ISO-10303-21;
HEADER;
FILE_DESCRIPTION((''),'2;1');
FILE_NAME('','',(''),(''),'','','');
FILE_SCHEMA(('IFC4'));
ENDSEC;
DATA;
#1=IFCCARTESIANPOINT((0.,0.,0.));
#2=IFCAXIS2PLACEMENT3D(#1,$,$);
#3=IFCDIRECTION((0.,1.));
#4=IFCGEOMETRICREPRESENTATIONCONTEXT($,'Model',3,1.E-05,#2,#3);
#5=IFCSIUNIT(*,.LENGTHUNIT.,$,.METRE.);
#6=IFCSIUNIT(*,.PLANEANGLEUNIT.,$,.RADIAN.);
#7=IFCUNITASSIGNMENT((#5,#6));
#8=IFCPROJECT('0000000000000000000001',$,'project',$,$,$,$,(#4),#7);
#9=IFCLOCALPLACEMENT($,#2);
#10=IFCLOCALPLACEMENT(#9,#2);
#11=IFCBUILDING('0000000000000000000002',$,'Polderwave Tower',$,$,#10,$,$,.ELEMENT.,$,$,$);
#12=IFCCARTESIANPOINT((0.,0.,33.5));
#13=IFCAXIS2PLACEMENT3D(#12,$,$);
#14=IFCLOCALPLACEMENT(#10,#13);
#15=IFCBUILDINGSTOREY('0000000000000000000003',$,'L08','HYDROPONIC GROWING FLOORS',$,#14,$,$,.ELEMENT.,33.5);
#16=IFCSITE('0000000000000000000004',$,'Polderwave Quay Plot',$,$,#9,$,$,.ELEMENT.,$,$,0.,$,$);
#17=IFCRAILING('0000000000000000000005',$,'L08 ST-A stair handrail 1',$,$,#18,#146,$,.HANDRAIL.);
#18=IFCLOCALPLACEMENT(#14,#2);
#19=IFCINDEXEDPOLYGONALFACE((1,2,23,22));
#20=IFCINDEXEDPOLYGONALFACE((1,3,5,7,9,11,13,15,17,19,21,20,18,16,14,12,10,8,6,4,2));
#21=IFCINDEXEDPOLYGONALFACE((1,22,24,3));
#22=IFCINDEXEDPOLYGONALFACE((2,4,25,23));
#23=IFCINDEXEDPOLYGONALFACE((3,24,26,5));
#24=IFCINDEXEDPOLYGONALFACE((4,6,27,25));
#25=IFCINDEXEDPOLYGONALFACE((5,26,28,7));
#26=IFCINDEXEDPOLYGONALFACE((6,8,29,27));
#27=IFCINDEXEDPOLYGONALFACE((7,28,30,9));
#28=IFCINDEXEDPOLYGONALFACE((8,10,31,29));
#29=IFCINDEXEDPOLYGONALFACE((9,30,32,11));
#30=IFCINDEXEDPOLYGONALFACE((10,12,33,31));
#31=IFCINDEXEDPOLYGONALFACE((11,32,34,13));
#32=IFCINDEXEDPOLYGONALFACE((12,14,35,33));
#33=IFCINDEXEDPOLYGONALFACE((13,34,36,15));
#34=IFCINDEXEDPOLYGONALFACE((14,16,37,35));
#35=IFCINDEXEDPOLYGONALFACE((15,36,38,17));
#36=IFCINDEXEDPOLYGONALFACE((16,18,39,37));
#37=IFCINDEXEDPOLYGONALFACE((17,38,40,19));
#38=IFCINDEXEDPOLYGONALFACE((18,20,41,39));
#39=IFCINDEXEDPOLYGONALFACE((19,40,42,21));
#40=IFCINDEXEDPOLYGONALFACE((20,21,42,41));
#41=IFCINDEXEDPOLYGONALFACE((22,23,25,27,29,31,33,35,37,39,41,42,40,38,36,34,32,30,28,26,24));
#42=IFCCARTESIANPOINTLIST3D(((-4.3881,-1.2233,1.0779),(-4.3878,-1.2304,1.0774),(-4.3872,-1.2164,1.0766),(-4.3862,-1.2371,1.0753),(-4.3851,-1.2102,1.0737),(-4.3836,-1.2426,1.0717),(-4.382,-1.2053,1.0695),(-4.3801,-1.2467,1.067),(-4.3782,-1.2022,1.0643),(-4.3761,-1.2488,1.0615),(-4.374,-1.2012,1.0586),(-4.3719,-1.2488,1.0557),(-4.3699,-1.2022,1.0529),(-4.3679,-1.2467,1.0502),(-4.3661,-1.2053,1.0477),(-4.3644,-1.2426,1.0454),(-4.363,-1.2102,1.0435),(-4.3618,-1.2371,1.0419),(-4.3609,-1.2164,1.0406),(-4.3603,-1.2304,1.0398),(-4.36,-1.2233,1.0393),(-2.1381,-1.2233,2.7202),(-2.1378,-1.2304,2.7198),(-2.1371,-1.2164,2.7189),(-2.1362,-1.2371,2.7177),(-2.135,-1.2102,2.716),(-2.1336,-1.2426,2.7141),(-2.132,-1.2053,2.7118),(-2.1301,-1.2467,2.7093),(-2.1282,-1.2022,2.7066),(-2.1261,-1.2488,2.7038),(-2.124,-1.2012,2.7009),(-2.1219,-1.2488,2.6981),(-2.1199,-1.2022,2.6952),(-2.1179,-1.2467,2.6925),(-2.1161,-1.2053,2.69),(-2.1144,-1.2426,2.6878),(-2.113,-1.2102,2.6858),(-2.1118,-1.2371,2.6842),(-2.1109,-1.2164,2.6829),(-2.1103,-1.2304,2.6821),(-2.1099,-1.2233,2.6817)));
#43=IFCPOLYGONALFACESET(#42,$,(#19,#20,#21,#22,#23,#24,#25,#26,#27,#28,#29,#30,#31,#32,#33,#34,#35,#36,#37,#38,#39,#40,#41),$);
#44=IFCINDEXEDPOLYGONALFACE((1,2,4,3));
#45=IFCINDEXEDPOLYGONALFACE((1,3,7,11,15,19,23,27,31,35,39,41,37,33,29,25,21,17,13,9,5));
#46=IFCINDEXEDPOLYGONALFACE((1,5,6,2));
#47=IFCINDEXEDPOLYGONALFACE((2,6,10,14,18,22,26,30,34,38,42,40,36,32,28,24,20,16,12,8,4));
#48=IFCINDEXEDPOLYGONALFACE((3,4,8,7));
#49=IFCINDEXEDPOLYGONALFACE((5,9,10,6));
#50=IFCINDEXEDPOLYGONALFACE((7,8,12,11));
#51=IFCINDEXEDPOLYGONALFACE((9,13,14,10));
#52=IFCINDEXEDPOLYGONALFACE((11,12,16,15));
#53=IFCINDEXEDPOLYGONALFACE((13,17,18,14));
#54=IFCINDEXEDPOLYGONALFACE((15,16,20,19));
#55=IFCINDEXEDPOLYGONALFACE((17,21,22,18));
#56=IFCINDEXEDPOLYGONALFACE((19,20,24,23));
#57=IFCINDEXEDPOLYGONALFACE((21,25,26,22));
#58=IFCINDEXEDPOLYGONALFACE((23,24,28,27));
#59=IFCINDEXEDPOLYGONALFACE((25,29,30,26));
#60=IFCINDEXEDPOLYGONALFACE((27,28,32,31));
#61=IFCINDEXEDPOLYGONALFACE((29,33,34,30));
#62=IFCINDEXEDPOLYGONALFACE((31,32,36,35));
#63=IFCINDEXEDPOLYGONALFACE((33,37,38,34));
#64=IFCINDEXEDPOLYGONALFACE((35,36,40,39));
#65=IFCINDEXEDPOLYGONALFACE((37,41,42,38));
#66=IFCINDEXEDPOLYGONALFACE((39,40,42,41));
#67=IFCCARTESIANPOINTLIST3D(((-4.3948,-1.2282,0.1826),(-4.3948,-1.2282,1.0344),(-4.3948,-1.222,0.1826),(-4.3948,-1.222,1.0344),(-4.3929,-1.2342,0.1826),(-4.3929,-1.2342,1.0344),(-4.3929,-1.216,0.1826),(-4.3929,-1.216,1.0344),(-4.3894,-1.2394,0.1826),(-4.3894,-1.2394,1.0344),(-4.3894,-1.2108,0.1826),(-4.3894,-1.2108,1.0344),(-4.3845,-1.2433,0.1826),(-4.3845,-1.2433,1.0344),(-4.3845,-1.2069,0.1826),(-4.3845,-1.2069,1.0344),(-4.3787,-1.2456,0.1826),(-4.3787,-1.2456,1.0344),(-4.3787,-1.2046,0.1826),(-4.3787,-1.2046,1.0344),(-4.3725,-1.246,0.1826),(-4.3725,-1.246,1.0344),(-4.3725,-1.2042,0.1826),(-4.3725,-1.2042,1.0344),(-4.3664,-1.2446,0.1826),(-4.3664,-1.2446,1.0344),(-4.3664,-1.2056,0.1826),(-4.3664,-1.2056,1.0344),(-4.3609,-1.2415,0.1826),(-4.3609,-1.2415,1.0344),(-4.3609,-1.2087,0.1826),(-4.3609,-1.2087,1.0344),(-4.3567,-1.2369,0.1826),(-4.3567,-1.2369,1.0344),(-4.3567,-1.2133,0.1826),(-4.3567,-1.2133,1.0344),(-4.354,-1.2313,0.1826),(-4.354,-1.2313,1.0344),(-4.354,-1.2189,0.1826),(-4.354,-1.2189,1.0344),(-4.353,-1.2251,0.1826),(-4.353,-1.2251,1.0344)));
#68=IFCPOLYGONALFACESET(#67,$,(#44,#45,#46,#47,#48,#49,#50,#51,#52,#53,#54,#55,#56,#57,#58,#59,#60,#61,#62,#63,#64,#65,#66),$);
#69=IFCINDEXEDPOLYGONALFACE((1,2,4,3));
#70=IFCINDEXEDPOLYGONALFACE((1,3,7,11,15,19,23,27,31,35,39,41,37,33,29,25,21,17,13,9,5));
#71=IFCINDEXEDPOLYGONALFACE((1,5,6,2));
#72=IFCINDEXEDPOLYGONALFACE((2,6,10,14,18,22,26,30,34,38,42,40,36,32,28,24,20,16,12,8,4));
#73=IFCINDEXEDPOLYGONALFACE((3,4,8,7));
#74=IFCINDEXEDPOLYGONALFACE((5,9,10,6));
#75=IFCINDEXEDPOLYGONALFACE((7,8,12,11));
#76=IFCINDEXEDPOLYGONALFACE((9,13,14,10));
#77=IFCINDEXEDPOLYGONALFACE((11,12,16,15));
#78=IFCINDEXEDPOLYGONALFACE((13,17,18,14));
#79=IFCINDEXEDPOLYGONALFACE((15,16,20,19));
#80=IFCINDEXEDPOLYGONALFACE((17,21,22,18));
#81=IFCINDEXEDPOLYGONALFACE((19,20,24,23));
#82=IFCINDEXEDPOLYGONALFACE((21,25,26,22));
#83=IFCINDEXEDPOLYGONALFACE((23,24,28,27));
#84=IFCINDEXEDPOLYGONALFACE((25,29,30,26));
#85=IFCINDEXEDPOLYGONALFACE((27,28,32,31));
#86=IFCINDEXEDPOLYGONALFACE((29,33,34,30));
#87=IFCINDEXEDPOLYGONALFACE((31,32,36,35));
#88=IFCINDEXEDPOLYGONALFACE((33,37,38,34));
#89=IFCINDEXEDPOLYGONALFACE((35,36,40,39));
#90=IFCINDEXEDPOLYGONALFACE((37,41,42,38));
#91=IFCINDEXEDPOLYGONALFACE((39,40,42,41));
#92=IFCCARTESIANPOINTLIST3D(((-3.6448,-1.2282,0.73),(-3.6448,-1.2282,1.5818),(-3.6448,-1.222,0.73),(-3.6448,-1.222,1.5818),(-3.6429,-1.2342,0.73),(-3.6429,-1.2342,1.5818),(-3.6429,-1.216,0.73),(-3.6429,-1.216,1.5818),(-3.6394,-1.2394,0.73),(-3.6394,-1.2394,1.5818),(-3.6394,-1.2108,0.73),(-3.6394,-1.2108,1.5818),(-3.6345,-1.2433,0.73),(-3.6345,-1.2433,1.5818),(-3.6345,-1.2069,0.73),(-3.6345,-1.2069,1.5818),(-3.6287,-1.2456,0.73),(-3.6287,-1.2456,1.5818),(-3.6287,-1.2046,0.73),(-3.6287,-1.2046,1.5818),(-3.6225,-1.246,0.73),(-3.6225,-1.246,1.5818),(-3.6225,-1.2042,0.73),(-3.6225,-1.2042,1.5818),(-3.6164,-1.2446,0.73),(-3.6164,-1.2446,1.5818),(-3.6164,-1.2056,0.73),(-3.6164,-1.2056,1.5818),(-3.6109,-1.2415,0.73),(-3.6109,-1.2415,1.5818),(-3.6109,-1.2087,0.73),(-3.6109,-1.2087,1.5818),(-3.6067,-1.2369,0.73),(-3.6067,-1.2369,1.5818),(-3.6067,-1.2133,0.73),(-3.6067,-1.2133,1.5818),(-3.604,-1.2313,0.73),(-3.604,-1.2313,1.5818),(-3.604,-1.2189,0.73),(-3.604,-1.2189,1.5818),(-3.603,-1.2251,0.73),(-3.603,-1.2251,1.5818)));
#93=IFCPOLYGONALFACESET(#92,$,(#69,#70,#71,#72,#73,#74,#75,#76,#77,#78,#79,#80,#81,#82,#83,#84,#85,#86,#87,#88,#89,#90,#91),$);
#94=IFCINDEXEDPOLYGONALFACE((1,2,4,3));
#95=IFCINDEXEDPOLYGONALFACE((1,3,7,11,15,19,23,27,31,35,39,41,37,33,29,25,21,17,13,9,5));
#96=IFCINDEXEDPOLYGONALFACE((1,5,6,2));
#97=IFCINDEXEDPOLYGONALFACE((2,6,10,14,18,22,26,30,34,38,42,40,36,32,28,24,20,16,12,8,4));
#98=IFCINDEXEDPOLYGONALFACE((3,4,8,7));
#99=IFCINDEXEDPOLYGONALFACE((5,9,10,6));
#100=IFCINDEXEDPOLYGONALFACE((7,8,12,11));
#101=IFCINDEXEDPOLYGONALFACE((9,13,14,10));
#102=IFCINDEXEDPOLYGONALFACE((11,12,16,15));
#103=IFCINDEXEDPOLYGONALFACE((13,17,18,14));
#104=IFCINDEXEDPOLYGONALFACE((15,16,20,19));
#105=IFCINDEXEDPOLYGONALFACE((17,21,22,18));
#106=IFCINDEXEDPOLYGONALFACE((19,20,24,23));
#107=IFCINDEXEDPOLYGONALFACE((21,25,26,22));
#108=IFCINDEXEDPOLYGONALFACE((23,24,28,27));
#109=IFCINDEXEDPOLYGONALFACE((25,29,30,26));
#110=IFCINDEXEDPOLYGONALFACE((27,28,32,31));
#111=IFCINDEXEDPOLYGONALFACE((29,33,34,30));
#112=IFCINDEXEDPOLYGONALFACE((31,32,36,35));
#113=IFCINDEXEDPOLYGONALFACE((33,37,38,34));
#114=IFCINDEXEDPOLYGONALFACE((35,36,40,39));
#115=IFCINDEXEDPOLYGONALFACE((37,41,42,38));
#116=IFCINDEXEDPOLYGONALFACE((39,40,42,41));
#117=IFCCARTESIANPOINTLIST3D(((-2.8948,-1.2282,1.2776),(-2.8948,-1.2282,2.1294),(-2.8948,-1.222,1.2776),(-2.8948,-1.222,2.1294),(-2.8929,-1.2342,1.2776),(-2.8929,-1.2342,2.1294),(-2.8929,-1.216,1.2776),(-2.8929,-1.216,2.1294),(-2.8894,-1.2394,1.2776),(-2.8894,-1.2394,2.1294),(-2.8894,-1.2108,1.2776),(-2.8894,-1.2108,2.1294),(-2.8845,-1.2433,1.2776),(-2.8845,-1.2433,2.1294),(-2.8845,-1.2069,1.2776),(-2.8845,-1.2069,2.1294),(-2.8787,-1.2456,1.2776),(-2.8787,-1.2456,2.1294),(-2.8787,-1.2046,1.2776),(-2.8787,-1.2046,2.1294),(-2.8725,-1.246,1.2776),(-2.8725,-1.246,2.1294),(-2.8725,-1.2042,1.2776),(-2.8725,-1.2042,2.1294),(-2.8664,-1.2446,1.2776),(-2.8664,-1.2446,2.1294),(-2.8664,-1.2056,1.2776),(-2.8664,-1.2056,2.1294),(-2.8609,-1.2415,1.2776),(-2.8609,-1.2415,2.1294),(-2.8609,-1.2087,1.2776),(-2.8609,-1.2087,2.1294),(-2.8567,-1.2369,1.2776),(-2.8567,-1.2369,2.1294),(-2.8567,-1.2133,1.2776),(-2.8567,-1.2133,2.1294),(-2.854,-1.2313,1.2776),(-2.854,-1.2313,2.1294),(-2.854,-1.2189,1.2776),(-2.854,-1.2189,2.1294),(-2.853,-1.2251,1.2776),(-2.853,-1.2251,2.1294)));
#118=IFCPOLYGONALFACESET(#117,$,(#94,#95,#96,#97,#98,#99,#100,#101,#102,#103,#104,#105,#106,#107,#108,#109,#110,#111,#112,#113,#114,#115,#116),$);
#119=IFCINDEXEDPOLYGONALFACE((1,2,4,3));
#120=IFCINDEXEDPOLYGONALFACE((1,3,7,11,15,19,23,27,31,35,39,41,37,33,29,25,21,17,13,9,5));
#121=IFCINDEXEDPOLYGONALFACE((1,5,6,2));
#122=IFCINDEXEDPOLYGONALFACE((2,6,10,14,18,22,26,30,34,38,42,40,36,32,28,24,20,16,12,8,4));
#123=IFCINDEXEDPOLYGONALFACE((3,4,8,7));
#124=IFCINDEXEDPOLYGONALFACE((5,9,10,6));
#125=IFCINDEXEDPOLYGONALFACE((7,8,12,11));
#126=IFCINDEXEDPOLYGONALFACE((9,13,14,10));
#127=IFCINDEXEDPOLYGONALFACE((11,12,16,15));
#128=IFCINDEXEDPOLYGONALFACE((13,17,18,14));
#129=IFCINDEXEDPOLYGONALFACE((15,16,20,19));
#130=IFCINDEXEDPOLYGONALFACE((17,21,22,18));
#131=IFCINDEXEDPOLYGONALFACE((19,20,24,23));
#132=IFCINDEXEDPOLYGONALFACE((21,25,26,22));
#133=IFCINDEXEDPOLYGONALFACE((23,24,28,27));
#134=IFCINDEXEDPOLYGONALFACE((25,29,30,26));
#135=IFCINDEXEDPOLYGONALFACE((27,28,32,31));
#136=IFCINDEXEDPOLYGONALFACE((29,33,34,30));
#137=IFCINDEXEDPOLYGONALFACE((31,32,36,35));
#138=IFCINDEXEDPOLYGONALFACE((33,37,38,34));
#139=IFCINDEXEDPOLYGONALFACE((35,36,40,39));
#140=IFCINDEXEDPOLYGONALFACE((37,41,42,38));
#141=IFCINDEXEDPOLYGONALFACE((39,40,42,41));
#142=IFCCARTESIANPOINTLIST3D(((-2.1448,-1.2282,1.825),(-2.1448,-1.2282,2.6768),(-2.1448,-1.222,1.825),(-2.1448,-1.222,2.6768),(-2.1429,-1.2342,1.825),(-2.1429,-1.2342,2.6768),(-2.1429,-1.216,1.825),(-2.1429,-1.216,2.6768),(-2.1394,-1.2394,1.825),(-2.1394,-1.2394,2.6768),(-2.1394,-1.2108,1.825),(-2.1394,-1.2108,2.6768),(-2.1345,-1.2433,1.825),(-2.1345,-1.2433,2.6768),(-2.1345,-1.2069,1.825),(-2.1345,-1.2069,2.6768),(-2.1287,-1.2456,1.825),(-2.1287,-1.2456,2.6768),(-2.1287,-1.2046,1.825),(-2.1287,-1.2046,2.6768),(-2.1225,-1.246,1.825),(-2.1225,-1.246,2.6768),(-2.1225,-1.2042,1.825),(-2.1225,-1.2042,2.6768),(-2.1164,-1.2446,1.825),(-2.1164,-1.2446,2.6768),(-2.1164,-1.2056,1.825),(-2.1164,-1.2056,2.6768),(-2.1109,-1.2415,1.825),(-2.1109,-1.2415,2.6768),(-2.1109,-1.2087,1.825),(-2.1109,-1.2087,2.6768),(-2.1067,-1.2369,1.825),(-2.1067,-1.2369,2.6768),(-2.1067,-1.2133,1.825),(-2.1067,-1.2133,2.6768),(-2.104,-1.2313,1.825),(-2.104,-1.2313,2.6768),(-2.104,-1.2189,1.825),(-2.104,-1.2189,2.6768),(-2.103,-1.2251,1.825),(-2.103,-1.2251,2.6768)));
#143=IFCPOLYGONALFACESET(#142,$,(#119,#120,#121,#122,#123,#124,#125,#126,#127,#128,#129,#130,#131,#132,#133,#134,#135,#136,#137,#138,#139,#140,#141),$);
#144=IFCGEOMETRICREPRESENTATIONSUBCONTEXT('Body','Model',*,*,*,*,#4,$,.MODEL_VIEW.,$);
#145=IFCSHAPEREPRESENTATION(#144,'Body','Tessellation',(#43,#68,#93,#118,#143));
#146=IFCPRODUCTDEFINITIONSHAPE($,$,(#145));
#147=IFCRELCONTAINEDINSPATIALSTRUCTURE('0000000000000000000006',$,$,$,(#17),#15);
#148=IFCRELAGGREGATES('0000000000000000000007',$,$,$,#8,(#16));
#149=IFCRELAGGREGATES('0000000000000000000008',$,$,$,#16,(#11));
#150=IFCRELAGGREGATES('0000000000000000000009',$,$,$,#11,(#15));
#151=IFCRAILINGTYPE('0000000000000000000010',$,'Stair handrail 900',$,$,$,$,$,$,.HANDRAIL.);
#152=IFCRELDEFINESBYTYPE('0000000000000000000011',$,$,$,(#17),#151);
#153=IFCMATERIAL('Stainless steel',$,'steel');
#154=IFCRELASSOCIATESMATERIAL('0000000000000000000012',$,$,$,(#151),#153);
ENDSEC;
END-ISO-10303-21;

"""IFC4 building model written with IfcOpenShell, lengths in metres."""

from ifc_helpers import new_model, si_unit, direction, frame, origin, origin_2d, place, context, subcontext, project, spatial, circle, extrude, material, type_object, element, save


model = new_model("IFC4")

# Units and contexts
model_context = context("Model", 3, precision=1e-05, world=origin(), true_north=direction((0.0, 1.0)))
body_context = subcontext(model_context, "Body", "Model", "MODEL_VIEW")
ifc_project = project(units=[si_unit("LENGTHUNIT", "METRE"), si_unit("PLANEANGLEUNIT", "RADIAN")], contexts=[model_context])

# Site, building, storey
site_placement = place(None, origin())
site = spatial("IfcSite", under=ifc_project, at=site_placement, Name="Polderwave Quay Plot", CompositionType="ELEMENT", RefElevation=0.0)
building_placement = place(site_placement, origin())
building = spatial("IfcBuilding", under=site, at=building_placement, Name="Polderwave Tower", CompositionType="ELEMENT")
storey_placement = place(building_placement, frame((0.0, 0.0, 33.5)))
storey = spatial("IfcBuildingStorey", under=building, at=storey_placement, Name="L08", Description="HYDROPONIC GROWING FLOORS", CompositionType="ELEMENT", Elevation=33.5)

# Railing
ifc_material_1 = material(Name="Stainless steel", Category="steel")
railing_type_1 = type_object("IfcRailingType", Name="Stair handrail 900", PredefinedType="HANDRAIL", material=ifc_material_1)
railing_1_placement = place(storey_placement, frame((-4.374, -1.2251, 0.1826)))
element("IfcRailing", 1, at=railing_1_placement, inside=storey, type_object=railing_type_1, Name="L08 ST-A stair handrail 1", PredefinedType="HANDRAIL", context=body_context, shape_type="SweptSolid", body=[
    extrude(circle(Radius=0.0239, at=origin_2d()), frame((0.0, 0.0, 0.876), z_axis=(0.807715, 0.0, 0.589573), x_axis=(0.0, 1.0, 0.0)), (0.0, 0.0, 1.0), 2.7856),
    extrude(circle(Radius=0.021, at=origin_2d()), origin(), (0.0, 0.0, 1.0), 0.8518),
    extrude(circle(Radius=0.021, at=origin_2d()), frame((0.75, 0.0, 0.5474)), (0.0, 0.0, 1.0), 0.8518),
    extrude(circle(Radius=0.021, at=origin_2d()), frame((1.5, 0.0, 1.095)), (0.0, 0.0, 1.0), 0.8518),
    extrude(circle(Radius=0.021, at=origin_2d()), frame((2.25, 0.0, 1.6423)), (0.0, 0.0, 1.0), 0.8518),
])

save(model, "model.ifc")
